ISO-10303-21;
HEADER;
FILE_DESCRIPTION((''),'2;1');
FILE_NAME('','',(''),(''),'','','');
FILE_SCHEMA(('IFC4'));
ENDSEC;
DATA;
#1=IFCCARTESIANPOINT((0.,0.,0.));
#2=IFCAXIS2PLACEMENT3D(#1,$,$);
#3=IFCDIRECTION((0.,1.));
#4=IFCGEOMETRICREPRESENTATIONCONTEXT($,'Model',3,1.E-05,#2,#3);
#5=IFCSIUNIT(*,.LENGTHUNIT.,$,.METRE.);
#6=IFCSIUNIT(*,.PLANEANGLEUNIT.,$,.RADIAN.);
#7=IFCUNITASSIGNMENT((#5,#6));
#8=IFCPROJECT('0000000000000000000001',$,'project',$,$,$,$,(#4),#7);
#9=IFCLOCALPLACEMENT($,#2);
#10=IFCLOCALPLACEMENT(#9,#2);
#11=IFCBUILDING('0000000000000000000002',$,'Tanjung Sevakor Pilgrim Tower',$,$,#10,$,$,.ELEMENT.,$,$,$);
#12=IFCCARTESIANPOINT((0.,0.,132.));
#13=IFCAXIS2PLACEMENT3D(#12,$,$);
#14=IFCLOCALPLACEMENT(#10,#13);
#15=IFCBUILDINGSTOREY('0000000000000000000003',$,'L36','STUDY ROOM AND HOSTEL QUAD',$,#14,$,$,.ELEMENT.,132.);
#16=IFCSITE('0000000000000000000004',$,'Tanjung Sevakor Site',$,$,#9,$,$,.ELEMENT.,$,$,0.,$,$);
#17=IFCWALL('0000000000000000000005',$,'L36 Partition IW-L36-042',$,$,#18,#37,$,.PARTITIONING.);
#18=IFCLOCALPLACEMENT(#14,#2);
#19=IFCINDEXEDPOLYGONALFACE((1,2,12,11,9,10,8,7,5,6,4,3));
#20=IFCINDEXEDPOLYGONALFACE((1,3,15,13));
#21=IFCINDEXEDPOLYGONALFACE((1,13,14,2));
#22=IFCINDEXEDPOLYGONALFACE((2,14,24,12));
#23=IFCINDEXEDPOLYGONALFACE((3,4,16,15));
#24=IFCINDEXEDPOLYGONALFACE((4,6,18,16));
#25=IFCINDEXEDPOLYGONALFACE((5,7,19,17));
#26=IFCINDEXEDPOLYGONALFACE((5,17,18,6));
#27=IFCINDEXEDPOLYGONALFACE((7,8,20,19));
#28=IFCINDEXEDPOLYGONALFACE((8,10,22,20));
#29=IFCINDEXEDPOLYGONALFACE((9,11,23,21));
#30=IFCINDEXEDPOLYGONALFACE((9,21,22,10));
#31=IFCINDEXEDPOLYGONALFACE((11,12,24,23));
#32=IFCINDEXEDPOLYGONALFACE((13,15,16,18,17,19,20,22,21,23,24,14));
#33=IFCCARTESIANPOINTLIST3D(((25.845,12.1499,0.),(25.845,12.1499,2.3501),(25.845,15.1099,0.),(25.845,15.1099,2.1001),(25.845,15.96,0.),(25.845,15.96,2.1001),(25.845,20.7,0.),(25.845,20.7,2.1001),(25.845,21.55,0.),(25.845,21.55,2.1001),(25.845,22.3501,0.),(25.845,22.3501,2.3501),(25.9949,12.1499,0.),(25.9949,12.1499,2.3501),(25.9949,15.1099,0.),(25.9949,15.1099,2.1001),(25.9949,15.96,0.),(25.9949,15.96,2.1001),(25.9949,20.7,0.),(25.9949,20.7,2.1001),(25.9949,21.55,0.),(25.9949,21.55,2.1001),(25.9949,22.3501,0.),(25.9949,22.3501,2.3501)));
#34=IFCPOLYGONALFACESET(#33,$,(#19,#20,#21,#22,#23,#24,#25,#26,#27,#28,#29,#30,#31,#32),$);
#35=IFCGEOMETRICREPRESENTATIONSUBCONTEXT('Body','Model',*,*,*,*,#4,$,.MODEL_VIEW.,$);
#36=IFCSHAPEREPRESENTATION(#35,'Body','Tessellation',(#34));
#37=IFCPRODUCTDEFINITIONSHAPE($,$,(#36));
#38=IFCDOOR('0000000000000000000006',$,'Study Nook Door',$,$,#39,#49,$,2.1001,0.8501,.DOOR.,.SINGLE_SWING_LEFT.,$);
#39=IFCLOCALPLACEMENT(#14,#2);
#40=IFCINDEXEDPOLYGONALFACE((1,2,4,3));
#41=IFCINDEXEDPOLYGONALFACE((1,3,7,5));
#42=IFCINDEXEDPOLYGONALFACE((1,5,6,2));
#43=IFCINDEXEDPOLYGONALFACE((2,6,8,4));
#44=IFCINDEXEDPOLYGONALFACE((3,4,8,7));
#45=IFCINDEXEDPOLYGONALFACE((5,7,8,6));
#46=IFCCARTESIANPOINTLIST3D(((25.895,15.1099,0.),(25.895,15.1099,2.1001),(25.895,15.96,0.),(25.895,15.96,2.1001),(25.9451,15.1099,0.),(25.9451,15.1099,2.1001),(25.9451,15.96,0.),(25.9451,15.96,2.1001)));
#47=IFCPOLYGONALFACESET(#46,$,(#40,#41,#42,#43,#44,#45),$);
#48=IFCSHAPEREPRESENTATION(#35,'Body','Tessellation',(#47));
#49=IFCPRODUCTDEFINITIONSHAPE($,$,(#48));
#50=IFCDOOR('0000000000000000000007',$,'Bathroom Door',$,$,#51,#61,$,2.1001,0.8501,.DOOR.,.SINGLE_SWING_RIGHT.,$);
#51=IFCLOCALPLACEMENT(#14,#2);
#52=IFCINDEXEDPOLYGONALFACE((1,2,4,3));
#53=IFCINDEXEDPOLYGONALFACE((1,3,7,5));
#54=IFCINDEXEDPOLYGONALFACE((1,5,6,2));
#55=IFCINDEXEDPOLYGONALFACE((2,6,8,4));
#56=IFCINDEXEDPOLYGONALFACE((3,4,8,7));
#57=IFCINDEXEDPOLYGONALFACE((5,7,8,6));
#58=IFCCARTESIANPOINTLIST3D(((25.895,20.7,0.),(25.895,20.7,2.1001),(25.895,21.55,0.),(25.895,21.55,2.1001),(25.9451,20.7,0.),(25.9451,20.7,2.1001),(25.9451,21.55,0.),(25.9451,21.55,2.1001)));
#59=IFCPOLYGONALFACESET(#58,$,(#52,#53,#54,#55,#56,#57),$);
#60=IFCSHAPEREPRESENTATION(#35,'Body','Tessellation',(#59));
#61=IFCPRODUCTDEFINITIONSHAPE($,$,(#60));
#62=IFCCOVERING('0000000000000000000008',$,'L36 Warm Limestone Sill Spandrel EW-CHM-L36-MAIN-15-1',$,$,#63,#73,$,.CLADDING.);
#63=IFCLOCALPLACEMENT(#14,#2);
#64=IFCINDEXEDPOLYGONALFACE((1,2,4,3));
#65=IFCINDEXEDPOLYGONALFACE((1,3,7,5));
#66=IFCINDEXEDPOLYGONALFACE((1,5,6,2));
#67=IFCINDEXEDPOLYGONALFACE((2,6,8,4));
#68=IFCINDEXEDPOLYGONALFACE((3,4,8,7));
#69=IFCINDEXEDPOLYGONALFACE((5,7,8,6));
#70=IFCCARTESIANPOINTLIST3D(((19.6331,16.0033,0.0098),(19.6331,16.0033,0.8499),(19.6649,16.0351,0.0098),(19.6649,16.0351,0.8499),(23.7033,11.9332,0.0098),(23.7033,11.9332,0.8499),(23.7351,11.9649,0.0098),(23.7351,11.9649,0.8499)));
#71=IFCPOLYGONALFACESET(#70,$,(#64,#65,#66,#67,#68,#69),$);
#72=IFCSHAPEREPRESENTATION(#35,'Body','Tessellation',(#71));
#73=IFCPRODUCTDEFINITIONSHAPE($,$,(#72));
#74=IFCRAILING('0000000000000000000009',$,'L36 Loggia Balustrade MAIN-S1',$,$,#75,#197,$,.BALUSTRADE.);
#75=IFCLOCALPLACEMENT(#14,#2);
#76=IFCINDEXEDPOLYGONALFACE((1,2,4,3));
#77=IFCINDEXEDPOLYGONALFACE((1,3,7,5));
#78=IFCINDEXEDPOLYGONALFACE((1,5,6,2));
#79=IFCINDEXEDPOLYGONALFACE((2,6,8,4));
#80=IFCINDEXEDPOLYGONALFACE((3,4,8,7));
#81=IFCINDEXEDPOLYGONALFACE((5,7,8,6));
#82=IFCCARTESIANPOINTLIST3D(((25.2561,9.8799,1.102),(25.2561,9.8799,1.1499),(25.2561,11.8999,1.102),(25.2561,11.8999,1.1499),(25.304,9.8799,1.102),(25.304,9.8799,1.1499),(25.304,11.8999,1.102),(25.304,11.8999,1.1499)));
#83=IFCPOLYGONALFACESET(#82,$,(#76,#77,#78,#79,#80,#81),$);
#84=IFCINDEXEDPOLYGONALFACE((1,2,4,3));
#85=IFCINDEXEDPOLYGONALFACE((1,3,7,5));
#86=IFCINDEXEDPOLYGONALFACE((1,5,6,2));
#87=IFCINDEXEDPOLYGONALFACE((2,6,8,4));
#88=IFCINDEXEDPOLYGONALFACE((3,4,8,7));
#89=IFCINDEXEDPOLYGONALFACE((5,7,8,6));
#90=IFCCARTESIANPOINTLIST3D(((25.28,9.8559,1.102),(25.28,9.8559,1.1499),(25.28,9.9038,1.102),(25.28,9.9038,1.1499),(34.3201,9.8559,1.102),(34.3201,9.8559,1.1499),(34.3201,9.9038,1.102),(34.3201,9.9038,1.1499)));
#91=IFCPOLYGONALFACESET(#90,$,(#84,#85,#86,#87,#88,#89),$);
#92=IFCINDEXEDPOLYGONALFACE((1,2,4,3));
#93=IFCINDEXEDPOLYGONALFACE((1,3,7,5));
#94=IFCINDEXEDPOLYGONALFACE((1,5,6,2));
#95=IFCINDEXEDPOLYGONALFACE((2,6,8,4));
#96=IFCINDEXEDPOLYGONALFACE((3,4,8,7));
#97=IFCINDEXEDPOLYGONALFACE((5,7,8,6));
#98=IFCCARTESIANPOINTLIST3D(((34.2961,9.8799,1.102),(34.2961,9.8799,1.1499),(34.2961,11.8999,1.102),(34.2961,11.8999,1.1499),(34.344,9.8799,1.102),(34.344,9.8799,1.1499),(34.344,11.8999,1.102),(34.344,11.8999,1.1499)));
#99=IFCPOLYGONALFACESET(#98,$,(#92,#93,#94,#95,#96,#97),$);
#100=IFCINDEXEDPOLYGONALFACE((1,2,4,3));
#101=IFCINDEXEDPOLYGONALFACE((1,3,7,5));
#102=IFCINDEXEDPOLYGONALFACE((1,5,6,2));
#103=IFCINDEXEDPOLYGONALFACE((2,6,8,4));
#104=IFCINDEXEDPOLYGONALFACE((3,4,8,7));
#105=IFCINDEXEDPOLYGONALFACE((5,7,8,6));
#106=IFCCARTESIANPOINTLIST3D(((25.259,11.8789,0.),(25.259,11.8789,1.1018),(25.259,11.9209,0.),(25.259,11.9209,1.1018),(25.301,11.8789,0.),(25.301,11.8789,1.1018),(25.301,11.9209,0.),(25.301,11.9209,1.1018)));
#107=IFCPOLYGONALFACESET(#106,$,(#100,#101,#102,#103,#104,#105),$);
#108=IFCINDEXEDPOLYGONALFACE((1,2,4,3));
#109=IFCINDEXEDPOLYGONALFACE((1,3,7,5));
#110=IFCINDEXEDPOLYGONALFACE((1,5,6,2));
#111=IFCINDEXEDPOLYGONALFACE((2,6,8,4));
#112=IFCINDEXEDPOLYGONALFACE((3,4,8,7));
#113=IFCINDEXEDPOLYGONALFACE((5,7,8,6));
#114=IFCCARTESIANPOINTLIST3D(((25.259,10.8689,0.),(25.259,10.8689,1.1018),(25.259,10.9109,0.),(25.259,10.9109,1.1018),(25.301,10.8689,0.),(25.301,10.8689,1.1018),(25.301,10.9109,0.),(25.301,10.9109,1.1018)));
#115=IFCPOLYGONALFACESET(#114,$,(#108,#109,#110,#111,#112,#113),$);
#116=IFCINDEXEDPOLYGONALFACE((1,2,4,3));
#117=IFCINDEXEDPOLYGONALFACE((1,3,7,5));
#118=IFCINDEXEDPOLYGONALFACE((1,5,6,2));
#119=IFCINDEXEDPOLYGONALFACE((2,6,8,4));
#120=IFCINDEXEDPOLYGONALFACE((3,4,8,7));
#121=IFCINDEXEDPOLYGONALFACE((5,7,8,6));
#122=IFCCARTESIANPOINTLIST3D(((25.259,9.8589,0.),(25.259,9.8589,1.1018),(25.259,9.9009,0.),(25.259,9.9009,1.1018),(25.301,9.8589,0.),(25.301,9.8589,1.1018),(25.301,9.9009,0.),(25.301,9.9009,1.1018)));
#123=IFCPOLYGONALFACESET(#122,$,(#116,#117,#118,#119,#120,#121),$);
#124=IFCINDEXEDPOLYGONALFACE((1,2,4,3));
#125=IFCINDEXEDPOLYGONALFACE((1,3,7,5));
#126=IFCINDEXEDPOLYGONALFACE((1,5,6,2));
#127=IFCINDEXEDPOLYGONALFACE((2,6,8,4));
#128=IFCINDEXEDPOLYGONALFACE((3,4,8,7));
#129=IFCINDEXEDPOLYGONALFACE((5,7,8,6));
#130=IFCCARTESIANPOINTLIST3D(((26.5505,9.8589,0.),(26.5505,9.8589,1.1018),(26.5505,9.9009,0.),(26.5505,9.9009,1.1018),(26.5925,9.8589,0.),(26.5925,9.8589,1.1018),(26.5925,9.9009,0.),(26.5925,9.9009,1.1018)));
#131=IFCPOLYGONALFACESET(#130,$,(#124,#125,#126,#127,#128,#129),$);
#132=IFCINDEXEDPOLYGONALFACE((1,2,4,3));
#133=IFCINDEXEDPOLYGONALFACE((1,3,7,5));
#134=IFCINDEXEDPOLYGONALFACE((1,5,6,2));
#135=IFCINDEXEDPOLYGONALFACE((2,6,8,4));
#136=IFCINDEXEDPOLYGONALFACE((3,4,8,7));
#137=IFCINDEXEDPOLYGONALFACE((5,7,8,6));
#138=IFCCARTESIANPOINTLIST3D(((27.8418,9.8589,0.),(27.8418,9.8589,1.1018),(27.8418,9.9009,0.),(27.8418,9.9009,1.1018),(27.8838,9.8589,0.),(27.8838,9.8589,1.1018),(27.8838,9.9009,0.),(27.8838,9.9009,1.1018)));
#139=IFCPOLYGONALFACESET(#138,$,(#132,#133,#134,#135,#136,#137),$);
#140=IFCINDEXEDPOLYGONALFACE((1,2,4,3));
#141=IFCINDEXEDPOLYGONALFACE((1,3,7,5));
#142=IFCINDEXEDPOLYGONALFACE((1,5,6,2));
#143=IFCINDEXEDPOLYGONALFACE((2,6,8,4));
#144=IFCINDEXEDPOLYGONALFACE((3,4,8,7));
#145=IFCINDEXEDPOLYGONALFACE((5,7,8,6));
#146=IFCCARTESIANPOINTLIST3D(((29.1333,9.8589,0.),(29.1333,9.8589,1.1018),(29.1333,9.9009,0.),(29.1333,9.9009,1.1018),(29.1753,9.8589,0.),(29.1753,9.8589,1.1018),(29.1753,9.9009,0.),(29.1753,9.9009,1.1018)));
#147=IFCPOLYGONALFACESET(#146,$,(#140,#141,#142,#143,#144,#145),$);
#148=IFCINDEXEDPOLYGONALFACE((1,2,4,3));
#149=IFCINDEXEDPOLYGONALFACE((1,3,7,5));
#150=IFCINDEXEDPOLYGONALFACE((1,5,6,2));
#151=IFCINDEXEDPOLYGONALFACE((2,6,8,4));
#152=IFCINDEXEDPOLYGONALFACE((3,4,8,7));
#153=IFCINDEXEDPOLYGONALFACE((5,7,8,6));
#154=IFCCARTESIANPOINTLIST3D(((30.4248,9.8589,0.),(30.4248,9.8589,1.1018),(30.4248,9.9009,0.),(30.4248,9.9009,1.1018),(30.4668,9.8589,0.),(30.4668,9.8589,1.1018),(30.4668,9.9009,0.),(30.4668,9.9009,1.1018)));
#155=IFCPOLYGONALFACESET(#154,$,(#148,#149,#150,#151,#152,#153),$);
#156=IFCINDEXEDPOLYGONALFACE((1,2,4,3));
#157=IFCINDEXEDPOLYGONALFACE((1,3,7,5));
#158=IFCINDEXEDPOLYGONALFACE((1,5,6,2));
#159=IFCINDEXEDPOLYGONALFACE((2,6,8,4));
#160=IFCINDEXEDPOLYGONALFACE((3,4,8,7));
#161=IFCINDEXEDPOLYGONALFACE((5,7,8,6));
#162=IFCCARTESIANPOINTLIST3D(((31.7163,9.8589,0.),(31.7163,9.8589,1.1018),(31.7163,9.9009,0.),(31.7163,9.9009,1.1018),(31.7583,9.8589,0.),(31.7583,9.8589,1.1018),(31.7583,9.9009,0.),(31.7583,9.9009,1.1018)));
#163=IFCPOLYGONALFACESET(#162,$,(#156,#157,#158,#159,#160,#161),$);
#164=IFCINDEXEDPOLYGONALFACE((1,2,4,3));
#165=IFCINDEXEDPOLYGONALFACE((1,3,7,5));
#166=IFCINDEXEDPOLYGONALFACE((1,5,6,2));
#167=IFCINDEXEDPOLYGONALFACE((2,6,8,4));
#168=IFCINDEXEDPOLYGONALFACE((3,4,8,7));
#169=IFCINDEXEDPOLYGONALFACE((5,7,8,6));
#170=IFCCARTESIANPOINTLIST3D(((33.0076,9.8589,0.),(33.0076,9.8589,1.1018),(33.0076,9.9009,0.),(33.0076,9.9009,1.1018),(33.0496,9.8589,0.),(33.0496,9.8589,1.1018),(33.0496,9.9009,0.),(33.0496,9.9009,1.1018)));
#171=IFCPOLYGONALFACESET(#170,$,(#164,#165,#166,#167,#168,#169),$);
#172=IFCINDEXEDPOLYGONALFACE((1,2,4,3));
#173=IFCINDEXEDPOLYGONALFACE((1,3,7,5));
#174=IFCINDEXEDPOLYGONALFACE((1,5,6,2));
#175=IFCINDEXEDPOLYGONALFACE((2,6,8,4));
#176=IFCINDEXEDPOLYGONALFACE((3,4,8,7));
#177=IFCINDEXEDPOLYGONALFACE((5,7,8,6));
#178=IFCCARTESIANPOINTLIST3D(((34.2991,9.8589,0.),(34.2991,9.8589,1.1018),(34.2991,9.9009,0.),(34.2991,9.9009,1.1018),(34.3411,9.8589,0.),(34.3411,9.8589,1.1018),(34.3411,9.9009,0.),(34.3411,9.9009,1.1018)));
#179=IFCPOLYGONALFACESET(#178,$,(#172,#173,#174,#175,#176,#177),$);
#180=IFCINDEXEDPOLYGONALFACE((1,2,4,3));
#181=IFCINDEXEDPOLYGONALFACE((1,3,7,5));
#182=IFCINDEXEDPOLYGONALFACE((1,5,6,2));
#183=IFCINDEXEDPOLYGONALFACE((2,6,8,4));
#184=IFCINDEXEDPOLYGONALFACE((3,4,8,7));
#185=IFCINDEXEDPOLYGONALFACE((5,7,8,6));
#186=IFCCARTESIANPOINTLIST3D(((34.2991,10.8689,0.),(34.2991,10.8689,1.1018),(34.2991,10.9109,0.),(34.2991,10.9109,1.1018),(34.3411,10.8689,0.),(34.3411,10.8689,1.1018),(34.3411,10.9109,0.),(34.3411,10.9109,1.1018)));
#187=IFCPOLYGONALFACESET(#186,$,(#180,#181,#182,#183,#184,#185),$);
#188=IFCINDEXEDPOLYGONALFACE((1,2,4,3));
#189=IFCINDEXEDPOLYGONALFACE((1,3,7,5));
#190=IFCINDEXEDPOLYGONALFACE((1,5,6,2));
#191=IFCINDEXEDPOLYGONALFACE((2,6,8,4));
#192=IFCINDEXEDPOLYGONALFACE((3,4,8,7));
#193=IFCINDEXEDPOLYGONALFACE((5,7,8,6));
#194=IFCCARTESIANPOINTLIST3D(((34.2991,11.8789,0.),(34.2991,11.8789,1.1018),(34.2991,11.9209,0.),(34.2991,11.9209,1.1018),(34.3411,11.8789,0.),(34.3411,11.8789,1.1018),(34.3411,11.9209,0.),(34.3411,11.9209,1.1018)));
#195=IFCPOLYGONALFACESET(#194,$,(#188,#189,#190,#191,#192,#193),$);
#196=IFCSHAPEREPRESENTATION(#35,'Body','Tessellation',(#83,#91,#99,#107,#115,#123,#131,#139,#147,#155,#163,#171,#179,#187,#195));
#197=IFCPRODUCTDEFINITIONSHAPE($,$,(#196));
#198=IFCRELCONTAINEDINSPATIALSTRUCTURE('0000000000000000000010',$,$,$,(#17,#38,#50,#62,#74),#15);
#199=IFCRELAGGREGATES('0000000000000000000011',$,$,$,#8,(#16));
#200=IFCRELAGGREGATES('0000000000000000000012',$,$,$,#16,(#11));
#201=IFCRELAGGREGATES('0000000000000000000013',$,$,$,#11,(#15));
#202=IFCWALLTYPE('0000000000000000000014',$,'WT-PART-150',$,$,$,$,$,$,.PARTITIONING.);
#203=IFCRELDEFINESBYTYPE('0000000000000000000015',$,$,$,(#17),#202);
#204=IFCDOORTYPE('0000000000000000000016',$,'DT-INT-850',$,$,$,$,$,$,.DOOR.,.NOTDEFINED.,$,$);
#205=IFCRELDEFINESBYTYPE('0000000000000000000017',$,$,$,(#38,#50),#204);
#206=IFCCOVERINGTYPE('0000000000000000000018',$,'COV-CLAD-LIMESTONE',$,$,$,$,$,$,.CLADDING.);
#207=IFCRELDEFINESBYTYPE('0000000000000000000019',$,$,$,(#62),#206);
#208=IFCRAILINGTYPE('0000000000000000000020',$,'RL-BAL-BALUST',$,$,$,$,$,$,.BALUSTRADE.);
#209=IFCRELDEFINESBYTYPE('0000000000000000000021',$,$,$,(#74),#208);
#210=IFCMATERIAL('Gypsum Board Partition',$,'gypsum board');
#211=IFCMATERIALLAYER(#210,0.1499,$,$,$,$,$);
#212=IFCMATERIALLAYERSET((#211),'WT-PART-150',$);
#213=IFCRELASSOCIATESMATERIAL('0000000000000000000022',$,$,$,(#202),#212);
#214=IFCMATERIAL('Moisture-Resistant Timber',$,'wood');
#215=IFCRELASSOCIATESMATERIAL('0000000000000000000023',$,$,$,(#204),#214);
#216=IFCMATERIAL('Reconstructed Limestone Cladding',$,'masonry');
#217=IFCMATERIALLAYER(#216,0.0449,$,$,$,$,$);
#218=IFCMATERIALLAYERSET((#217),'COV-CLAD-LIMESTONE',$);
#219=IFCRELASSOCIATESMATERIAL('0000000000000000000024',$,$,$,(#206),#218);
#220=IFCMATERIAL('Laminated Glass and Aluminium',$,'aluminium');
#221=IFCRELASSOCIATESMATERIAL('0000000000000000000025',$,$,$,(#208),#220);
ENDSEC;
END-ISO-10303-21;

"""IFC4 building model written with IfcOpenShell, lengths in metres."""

from ifc_helpers import new_model, si_unit, direction, frame, frame_2d, origin, origin_2d, place, context, subcontext, project, spatial, rectangle, extrude, material, layer, layer_set, type_object, element, fill, save


model = new_model("IFC4")

# Units and contexts
model_context = context("Model", 3, precision=1e-05, world=origin(), true_north=direction((0.0, 1.0)))
body_context = subcontext(model_context, "Body", "Model", "MODEL_VIEW")
ifc_project = project(units=[si_unit("LENGTHUNIT", "METRE"), si_unit("PLANEANGLEUNIT", "RADIAN")], contexts=[model_context])

# Site, building, storey
site_placement = place(None, origin())
site = spatial("IfcSite", under=ifc_project, at=site_placement, Name="Tanjung Sevakor Site", CompositionType="ELEMENT", RefElevation=0.0)
building_placement = place(site_placement, origin())
building = spatial("IfcBuilding", under=site, at=building_placement, Name="Tanjung Sevakor Pilgrim Tower", CompositionType="ELEMENT")
storey_placement = place(building_placement, frame((0.0, 0.0, 132.0)))
storey = spatial("IfcBuildingStorey", under=building, at=storey_placement, Name="L36", Description="STUDY ROOM AND HOSTEL QUAD", CompositionType="ELEMENT", Elevation=132.0)

# Wall, openings, doors
ifc_material_1 = material(Name="Gypsum Board Partition", Category="gypsum board")
ifc_layer_1 = layer(ifc_material_1, 0.1499)
ifc_layer_set_1 = layer_set([ifc_layer_1], Name="WT-PART-150")
wall_type_1 = type_object("IfcWallType", Name="WT-PART-150", PredefinedType="PARTITIONING", material=ifc_layer_set_1)
wall_1_placement = place(storey_placement, frame((25.9199, 12.1499, 0.0), z_axis=(0.0, 0.0, 1.0), x_axis=(0.0, 1.0, 0.0)))
wall_1 = element("IfcWall", 1, at=wall_1_placement, inside=storey, type_object=wall_type_1, Name="L36 Partition IW-L36-042", PredefinedType="PARTITIONING", context=body_context, shape_type="SweptSolid", body=[
    extrude(rectangle(XDim=10.2002, YDim=0.1499, at=frame_2d((5.1001, 0.0))), origin(), (0.0, 0.0, 1.0), 2.3501),
])
opening_1_placement = place(wall_1_placement, frame((2.96, 0.0, 0.0)))
opening_1 = element("IfcOpeningElement", 2, at=opening_1_placement, cuts=wall_1, PredefinedType="OPENING", context=body_context, shape_type="SweptSolid", body=[
    extrude(rectangle(XDim=0.8501, YDim=2.1001, at=frame_2d((0.425, 1.05))), frame((0.0, 0.085, 0.0), z_axis=(0.0, -1.0, 0.0), x_axis=(1.0, 0.0, 0.0)), (0.0, 0.0, 1.0), 0.1699),
])
opening_2_placement = place(wall_1_placement, frame((8.55, 0.0, 0.0)))
opening_2 = element("IfcOpeningElement", 3, at=opening_2_placement, cuts=wall_1, PredefinedType="OPENING", context=body_context, shape_type="SweptSolid", body=[
    extrude(rectangle(XDim=0.8501, YDim=2.1001, at=frame_2d((0.425, 1.05))), frame((0.0, 0.085, 0.0), z_axis=(0.0, -1.0, 0.0), x_axis=(1.0, 0.0, 0.0)), (0.0, 0.0, 1.0), 0.1699),
])
ifc_material_2 = material(Name="Moisture-Resistant Timber", Category="wood")
door_type_1 = type_object("IfcDoorType", Name="DT-INT-850", OperationType="NOTDEFINED", PredefinedType="DOOR", material=ifc_material_2)
door_1_placement = place(opening_1_placement, origin())
door_1 = element("IfcDoor", 4, at=door_1_placement, inside=storey, type_object=door_type_1, Name="Study Nook Door", OperationType="SINGLE_SWING_LEFT", OverallHeight=2.1001, OverallWidth=0.8501, PredefinedType="DOOR", context=body_context, shape_type="SweptSolid", body=[
    extrude(rectangle(XDim=0.8501, YDim=2.1001, at=frame_2d((0.425, 1.05))), frame((0.0, 0.0249, 0.0), z_axis=(0.0, -1.0, 0.0), x_axis=(1.0, 0.0, 0.0)), (0.0, 0.0, 1.0), 0.05),
])
fill(opening_1, door_1)
door_2_placement = place(opening_2_placement, origin())
door_2 = element("IfcDoor", 5, at=door_2_placement, inside=storey, type_object=door_type_1, Name="Bathroom Door", OperationType="SINGLE_SWING_RIGHT", OverallHeight=2.1001, OverallWidth=0.8501, PredefinedType="DOOR", context=body_context, shape_type="SweptSolid", body=[
    extrude(rectangle(XDim=0.8501, YDim=2.1001, at=frame_2d((0.425, 1.05))), frame((0.0, 0.0249, 0.0), z_axis=(0.0, -1.0, 0.0), x_axis=(1.0, 0.0, 0.0)), (0.0, 0.0, 1.0), 0.05),
])
fill(opening_2, door_2)

# Covering
ifc_material_3 = material(Name="Reconstructed Limestone Cladding", Category="masonry")
ifc_layer_2 = layer(ifc_material_3, 0.0449)
ifc_layer_set_2 = layer_set([ifc_layer_2], Name="COV-CLAD-LIMESTONE")
covering_type = type_object("IfcCoveringType", Name="COV-CLAD-LIMESTONE", PredefinedType="CLADDING", material=ifc_layer_set_2)
covering_placement = place(storey_placement, frame((21.6841, 13.9841, 0.0098), z_axis=(0.0, 0.0, 1.0), x_axis=(0.707107, -0.707107, 0.0)))
element("IfcCovering", 6, at=covering_placement, inside=storey, type_object=covering_type, Name="L36 Warm Limestone Sill Spandrel EW-CHM-L36-MAIN-15-1", PredefinedType="CLADDING", context=body_context, shape_type="SweptSolid", body=[
    extrude(rectangle(XDim=5.7561, YDim=0.0449, at=origin_2d()), origin(), (0.0, 0.0, 1.0), 0.8401),
])

# Railing
ifc_material_4 = material(Name="Laminated Glass and Aluminium", Category="aluminium")
railing_type = type_object("IfcRailingType", Name="RL-BAL-BALUST", PredefinedType="BALUSTRADE", material=ifc_material_4)
railing_1_placement = place(storey_placement, frame((25.28, 11.8999, 0.0)))
element("IfcRailing", 7, at=railing_1_placement, inside=storey, type_object=railing_type, Name="L36 Loggia Balustrade MAIN-S1", PredefinedType="BALUSTRADE", context=body_context, shape_type="SweptSolid", body=[
    extrude(rectangle(XDim=0.0479, YDim=0.0479), frame((0.0, 0.0, 1.126), z_axis=(0.0, -1.0, 0.0), x_axis=(1.0, 0.0, 0.0)), (0.0, 0.0, 1.0), 2.02),
    extrude(rectangle(XDim=0.0479, YDim=0.0479), frame((0.0, -2.02, 1.126), z_axis=(1.0, 0.0, 0.0), x_axis=(0.0, 1.0, 0.0)), (0.0, 0.0, 1.0), 9.04),
    extrude(rectangle(XDim=0.0479, YDim=0.0479), frame((9.04, -2.02, 1.126), z_axis=(0.0, 1.0, 0.0), x_axis=(-1.0, 0.0, 0.0)), (0.0, 0.0, 1.0), 2.02),
    extrude(rectangle(XDim=0.042, YDim=0.042), origin(), (0.0, 0.0, 1.0), 1.1018),
    extrude(rectangle(XDim=0.042, YDim=0.042), frame((0.0, -1.01, 0.0)), (0.0, 0.0, 1.0), 1.1018),
    extrude(rectangle(XDim=0.042, YDim=0.042), frame((0.0, -2.02, 0.0)), (0.0, 0.0, 1.0), 1.1018),
    extrude(rectangle(XDim=0.042, YDim=0.042), frame((1.2915, -2.02, 0.0)), (0.0, 0.0, 1.0), 1.1018),
    extrude(rectangle(XDim=0.042, YDim=0.042), frame((2.5828, -2.02, 0.0)), (0.0, 0.0, 1.0), 1.1018),
    extrude(rectangle(XDim=0.042, YDim=0.042), frame((3.8743, -2.02, 0.0)), (0.0, 0.0, 1.0), 1.1018),
    extrude(rectangle(XDim=0.042, YDim=0.042), frame((5.1658, -2.02, 0.0)), (0.0, 0.0, 1.0), 1.1018),
    extrude(rectangle(XDim=0.042, YDim=0.042), frame((6.4573, -2.02, 0.0)), (0.0, 0.0, 1.0), 1.1018),
    extrude(rectangle(XDim=0.042, YDim=0.042), frame((7.7485, -2.02, 0.0)), (0.0, 0.0, 1.0), 1.1018),
    extrude(rectangle(XDim=0.042, YDim=0.042), frame((9.04, -2.02, 0.0)), (0.0, 0.0, 1.0), 1.1018),
    extrude(rectangle(XDim=0.042, YDim=0.042), frame((9.04, -1.01, 0.0)), (0.0, 0.0, 1.0), 1.1018),
    extrude(rectangle(XDim=0.042, YDim=0.042), frame((9.04, 0.0, 0.0)), (0.0, 0.0, 1.0), 1.1018),
])

save(model, "model.ifc")
